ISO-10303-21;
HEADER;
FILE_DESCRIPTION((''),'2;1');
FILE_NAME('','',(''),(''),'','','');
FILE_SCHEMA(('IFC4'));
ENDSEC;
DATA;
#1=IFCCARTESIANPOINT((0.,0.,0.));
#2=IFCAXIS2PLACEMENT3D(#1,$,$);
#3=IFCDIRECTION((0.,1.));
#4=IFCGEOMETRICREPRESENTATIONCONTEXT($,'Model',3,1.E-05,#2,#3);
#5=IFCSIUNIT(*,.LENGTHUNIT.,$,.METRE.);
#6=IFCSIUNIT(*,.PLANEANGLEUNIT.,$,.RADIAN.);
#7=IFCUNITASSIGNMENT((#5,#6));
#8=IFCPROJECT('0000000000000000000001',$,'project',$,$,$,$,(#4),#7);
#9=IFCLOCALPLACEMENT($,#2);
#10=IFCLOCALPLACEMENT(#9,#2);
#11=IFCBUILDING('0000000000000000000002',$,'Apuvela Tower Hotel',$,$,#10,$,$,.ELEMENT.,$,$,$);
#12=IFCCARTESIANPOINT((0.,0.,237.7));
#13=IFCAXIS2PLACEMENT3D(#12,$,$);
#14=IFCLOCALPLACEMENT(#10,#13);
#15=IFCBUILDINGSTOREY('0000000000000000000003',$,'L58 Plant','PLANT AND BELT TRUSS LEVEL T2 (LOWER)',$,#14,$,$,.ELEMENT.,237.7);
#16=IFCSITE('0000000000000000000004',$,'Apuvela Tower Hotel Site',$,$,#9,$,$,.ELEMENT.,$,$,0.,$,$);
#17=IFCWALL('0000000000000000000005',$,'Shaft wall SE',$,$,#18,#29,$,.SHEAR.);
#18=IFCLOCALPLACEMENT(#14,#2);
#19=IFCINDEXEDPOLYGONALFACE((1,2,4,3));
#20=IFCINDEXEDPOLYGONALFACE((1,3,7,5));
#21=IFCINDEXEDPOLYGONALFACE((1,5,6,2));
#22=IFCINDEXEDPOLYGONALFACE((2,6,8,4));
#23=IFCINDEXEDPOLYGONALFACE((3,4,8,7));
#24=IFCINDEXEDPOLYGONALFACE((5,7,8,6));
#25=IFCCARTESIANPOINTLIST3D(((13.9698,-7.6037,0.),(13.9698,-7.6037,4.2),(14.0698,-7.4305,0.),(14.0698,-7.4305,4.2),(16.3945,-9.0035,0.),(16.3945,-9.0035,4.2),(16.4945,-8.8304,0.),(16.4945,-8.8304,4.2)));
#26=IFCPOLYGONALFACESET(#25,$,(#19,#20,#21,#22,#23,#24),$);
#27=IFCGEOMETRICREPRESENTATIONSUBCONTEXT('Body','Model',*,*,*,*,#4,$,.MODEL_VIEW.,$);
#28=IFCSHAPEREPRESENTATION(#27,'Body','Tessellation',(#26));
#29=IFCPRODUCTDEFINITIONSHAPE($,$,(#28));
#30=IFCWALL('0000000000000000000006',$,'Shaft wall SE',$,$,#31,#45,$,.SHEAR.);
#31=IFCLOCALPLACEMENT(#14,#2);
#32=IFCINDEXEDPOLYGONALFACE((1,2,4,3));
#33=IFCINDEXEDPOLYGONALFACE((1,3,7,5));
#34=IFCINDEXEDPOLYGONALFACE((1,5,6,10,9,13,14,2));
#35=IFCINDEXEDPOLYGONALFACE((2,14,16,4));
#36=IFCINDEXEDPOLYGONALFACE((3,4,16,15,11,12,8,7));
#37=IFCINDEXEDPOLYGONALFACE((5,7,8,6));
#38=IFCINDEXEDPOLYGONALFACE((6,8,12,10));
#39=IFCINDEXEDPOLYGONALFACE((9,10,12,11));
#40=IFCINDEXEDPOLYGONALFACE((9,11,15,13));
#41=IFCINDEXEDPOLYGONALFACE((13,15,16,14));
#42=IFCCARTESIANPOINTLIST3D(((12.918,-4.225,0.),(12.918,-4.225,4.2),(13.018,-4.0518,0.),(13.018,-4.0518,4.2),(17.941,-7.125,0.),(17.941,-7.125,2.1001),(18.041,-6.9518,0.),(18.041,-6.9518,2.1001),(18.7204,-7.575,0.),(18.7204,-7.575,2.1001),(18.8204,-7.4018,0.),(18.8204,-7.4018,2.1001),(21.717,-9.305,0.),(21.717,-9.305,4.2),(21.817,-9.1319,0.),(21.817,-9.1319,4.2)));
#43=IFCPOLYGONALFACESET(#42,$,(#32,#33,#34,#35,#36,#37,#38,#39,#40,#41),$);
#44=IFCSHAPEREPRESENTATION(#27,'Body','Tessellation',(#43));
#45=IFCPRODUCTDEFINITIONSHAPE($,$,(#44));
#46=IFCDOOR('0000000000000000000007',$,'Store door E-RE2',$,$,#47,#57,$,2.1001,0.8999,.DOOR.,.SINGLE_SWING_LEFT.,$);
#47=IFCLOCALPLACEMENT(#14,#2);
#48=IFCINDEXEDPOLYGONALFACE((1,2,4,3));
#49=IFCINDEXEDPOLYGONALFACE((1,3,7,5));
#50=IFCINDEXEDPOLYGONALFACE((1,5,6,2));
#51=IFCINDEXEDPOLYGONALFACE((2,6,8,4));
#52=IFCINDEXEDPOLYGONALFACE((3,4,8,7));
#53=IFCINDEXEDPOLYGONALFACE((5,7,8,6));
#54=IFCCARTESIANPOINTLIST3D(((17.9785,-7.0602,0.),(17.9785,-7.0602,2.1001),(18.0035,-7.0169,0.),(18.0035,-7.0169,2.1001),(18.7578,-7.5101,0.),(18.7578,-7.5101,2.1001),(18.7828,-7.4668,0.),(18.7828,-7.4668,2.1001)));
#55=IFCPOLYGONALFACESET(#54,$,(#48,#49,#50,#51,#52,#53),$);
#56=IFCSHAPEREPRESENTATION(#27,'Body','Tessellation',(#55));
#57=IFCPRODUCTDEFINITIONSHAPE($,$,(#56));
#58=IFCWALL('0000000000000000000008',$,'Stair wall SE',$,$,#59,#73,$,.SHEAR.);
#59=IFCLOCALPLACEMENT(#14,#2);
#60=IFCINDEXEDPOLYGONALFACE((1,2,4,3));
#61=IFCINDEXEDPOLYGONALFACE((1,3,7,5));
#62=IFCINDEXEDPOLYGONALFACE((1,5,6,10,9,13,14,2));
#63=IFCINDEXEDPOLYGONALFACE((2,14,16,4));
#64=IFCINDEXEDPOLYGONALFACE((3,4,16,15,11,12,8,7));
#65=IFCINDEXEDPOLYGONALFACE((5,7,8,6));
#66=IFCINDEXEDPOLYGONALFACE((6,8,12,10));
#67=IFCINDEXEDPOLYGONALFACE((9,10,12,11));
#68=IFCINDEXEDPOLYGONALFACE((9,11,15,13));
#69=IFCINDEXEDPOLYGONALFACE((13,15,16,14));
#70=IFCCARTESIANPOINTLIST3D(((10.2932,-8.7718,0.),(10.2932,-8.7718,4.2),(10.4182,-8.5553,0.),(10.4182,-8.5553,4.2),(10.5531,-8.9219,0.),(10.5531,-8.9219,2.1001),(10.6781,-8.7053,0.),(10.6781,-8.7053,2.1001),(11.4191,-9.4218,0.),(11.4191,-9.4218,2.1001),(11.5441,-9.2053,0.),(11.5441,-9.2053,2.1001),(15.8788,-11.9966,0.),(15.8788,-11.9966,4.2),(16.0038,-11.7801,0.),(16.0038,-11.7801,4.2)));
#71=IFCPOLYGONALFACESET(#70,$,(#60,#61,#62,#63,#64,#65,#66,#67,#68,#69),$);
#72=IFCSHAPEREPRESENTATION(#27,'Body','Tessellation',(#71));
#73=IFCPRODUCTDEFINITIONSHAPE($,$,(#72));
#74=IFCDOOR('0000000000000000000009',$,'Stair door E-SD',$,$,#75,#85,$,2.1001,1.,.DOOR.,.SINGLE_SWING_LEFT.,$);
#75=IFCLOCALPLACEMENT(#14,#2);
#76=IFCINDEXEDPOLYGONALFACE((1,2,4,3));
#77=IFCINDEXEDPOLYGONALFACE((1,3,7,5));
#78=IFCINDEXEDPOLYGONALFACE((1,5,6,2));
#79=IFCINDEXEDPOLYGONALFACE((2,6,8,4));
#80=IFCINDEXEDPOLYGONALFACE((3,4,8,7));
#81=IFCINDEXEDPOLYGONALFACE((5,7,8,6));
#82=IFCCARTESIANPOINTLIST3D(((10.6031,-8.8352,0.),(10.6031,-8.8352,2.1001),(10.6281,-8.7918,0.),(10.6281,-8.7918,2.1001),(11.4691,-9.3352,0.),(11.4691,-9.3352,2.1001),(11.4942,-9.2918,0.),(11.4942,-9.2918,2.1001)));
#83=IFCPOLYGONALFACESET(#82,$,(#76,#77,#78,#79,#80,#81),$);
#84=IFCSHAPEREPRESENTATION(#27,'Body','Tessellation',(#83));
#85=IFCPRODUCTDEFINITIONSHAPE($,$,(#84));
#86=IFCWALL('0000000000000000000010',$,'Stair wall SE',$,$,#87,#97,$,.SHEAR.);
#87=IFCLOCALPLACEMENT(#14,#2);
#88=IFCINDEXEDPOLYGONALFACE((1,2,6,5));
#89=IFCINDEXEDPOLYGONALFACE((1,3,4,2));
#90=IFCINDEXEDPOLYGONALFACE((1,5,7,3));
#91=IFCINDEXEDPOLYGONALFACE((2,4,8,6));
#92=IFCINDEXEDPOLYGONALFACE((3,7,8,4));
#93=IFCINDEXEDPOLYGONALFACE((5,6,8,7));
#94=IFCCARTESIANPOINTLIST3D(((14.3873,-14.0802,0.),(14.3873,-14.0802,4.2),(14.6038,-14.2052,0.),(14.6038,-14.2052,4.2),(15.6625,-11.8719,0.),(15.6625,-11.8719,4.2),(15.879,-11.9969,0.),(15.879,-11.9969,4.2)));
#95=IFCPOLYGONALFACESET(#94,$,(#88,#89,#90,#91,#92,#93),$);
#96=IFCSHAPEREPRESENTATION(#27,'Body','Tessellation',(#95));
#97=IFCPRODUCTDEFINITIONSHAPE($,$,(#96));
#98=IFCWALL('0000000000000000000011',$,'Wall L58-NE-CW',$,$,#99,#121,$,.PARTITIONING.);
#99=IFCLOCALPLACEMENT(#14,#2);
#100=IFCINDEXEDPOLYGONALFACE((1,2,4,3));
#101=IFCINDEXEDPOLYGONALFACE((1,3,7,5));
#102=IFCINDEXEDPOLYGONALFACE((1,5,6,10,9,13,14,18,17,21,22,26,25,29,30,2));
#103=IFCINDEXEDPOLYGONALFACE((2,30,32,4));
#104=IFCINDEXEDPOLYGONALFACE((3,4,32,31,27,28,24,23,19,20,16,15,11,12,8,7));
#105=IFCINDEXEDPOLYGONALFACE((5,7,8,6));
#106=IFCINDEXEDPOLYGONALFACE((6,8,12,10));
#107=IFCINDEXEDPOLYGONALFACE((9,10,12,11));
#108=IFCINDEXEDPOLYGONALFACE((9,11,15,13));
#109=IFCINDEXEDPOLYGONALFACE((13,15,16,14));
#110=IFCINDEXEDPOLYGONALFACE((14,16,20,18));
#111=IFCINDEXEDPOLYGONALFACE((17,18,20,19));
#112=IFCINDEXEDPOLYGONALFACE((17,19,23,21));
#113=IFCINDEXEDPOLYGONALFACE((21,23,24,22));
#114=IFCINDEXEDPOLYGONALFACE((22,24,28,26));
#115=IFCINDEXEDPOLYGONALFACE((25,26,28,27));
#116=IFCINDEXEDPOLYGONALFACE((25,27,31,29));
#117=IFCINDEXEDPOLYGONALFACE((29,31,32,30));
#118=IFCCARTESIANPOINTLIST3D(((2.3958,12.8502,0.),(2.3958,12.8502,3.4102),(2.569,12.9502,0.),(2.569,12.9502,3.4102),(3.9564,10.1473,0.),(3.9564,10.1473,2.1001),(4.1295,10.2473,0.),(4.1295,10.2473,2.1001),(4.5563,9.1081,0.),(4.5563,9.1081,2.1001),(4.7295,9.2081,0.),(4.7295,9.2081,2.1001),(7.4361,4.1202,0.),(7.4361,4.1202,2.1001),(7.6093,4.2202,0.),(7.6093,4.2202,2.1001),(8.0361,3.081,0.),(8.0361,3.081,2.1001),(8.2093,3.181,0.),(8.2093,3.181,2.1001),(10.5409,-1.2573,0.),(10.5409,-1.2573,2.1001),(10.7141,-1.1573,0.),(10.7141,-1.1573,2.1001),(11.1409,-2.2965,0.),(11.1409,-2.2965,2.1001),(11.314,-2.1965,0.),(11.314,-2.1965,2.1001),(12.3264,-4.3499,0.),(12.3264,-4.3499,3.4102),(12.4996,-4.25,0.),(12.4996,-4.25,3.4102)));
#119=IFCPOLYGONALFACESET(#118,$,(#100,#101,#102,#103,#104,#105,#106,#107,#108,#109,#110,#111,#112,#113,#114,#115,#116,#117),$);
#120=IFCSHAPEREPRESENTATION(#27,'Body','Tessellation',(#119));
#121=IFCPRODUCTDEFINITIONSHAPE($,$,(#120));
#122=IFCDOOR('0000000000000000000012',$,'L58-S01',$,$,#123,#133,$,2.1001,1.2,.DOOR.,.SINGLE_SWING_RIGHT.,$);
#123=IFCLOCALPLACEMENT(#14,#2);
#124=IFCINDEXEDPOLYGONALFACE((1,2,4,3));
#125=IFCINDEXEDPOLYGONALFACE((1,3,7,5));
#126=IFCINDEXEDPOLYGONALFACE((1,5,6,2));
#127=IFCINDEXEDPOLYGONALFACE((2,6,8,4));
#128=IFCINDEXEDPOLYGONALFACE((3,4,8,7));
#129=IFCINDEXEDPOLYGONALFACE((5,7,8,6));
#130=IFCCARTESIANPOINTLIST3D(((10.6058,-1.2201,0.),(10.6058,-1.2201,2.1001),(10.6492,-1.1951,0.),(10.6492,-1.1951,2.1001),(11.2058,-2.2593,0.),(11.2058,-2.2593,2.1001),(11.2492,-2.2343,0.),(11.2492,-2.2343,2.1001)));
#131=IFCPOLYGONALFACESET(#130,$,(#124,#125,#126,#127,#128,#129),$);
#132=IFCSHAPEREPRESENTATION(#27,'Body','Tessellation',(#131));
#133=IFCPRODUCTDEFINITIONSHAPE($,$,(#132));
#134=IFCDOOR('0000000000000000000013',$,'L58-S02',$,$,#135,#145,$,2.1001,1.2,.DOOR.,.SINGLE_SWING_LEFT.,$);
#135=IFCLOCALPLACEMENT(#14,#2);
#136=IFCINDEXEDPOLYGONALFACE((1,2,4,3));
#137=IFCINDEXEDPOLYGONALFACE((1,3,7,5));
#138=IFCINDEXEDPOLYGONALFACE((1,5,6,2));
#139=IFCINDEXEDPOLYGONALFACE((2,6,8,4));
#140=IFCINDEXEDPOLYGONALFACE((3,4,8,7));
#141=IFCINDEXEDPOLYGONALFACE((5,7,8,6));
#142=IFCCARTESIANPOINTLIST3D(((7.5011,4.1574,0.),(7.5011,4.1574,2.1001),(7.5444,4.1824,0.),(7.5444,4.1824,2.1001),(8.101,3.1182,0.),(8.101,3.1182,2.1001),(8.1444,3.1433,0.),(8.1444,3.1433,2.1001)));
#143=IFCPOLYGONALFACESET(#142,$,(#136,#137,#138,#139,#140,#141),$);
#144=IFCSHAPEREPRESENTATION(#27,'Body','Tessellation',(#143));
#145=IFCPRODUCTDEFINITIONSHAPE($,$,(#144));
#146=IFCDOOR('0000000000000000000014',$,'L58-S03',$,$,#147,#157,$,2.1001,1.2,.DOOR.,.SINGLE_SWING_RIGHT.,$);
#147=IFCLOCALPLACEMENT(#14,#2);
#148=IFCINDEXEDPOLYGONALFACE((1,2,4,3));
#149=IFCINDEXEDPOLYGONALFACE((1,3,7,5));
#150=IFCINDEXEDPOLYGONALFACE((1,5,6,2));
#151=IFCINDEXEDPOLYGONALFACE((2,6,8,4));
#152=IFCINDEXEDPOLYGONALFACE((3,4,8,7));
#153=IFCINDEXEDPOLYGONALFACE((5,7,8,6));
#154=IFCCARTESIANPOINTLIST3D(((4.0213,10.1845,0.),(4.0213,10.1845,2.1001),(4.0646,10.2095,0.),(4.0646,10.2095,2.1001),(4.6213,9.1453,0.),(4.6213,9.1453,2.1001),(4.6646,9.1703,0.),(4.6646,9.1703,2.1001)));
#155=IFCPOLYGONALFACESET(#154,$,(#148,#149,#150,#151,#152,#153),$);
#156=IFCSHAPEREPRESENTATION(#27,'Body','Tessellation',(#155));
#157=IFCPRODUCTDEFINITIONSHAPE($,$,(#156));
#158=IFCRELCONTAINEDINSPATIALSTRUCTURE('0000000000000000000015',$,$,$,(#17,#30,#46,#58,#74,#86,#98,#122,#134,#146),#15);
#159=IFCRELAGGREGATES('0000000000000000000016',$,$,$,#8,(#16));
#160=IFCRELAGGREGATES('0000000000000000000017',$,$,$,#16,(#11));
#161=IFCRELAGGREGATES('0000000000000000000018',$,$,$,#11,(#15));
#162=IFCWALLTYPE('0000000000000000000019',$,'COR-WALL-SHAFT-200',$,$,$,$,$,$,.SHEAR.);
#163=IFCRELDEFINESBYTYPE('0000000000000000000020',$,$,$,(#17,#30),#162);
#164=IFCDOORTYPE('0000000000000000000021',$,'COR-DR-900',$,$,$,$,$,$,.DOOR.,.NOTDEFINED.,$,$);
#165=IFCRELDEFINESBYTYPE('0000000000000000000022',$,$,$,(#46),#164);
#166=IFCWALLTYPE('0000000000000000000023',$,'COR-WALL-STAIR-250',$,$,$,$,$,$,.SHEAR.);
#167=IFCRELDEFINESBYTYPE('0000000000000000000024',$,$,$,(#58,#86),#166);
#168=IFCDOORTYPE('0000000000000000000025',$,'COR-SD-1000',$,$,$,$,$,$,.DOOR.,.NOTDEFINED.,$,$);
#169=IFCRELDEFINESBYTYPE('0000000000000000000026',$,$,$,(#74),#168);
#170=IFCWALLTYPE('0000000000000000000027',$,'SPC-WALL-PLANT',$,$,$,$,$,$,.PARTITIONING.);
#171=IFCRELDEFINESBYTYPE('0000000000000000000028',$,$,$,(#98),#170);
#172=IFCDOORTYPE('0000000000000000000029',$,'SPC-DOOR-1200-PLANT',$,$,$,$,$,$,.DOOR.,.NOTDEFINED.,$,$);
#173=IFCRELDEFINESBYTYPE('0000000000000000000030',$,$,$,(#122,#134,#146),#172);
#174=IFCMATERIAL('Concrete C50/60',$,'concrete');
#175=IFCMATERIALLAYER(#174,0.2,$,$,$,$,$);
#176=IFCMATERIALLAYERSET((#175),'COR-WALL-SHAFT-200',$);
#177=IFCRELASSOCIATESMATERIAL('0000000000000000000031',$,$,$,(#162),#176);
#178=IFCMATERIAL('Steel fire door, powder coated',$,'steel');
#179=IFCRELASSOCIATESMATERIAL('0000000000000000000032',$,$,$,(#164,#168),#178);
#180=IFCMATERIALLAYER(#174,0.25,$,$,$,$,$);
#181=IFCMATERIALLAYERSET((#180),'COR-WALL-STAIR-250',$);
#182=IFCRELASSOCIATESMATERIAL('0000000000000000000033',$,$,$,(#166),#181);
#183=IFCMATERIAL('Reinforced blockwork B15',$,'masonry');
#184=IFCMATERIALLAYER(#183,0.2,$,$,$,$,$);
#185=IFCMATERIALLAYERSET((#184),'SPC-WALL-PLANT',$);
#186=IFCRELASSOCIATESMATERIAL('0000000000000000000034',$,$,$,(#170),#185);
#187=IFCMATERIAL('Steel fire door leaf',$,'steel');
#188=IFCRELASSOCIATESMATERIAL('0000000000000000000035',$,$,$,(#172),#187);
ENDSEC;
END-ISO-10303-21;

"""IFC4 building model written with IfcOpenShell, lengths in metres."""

from ifc_helpers import new_model, si_unit, direction, frame, frame_2d, origin, place, context, subcontext, project, spatial, rectangle, extrude, material, layer, layer_set, type_object, element, fill, save


model = new_model("IFC4")

# Units and contexts
model_context = context("Model", 3, precision=1e-05, world=origin(), true_north=direction((0.0, 1.0)))
body_context = subcontext(model_context, "Body", "Model", "MODEL_VIEW")
ifc_project = project(units=[si_unit("LENGTHUNIT", "METRE"), si_unit("PLANEANGLEUNIT", "RADIAN")], contexts=[model_context])

# Site, building, storey
site_placement = place(None, origin())
site = spatial("IfcSite", under=ifc_project, at=site_placement, Name="Apuvela Tower Hotel Site", CompositionType="ELEMENT", RefElevation=0.0)
building_placement = place(site_placement, origin())
building = spatial("IfcBuilding", under=site, at=building_placement, Name="Apuvela Tower Hotel", CompositionType="ELEMENT")
storey_placement = place(building_placement, frame((0.0, 0.0, 237.7)))
storey = spatial("IfcBuildingStorey", under=building, at=storey_placement, Name="L58 Plant", Description="PLANT AND BELT TRUSS LEVEL T2 (LOWER)", CompositionType="ELEMENT", Elevation=237.7)

# Shared definitions
ifc_material_1 = material(Name="Concrete C50/60", Category="concrete")
ifc_material_2 = material(Name="Steel fire door, powder coated", Category="steel")

# Shared definitions
ifc_layer_1 = layer(ifc_material_1, 0.2)
ifc_layer_set_1 = layer_set([ifc_layer_1], Name="COR-WALL-SHAFT-200")
wall_type_1 = type_object("IfcWallType", Name="COR-WALL-SHAFT-200", PredefinedType="SHEAR", material=ifc_layer_set_1)

# Wall
wall_1_placement = place(storey_placement, frame((14.0198, -7.5171, 0.0), z_axis=(0.0, 0.0, 1.0), x_axis=(0.866035, -0.499984, 0.0)))
element("IfcWall", 1, at=wall_1_placement, inside=storey, type_object=wall_type_1, Name="Shaft wall SE", PredefinedType="SHEAR", context=body_context, shape_type="SweptSolid", body=[
    extrude(rectangle(XDim=2.7998, YDim=0.2, at=frame_2d((1.3999, 0.0))), origin(), (0.0, 0.0, 1.0), 4.2),
])

# Walls, openings, doors
wall_2_placement = place(storey_placement, frame((12.968, -4.1384, 0.0), z_axis=(0.0, 0.0, 1.0), x_axis=(0.866028, -0.499995, 0.0)))
wall_2 = element("IfcWall", 2, at=wall_2_placement, inside=storey, type_object=wall_type_1, Name="Shaft wall SE", PredefinedType="SHEAR", context=body_context, shape_type="SweptSolid", body=[
    extrude(rectangle(XDim=10.1602, YDim=0.2, at=frame_2d((5.0801, 0.0))), origin(), (0.0, 0.0, 1.0), 4.2),
])
opening_1_placement = place(wall_2_placement, frame((5.8, 0.0, 0.0)))
opening_1 = element("IfcOpeningElement", 3, at=opening_1_placement, cuts=wall_2, PredefinedType="OPENING", context=body_context, shape_type="SweptSolid", body=[
    extrude(rectangle(XDim=0.8999, YDim=2.1001, at=frame_2d((0.45, 1.05))), frame((0.0, 0.1099, 0.0), z_axis=(0.0, -1.0, 0.0), x_axis=(1.0, 0.0, 0.0)), (0.0, 0.0, 1.0), 0.22),
])
door_type_1 = type_object("IfcDoorType", Name="COR-DR-900", OperationType="NOTDEFINED", PredefinedType="DOOR", material=ifc_material_2)
door_1_placement = place(opening_1_placement, origin())
door_1 = element("IfcDoor", 4, at=door_1_placement, inside=storey, type_object=door_type_1, Name="Store door E-RE2", OperationType="SINGLE_SWING_LEFT", OverallHeight=2.1001, OverallWidth=0.8999, PredefinedType="DOOR", context=body_context, shape_type="SweptSolid", body=[
    extrude(rectangle(XDim=0.8999, YDim=2.1001, at=frame_2d((0.45, 1.05))), frame((0.0, 0.0249, 0.0), z_axis=(0.0, -1.0, 0.0), x_axis=(1.0, 0.0, 0.0)), (0.0, 0.0, 1.0), 0.05),
])
fill(opening_1, door_1)
ifc_layer_2 = layer(ifc_material_1, 0.25)
ifc_layer_set_2 = layer_set([ifc_layer_2], Name="COR-WALL-STAIR-250")
wall_type_2 = type_object("IfcWallType", Name="COR-WALL-STAIR-250", PredefinedType="SHEAR", material=ifc_layer_set_2)
wall_3_placement = place(storey_placement, frame((10.3557, -8.6636, 0.0), z_axis=(0.0, 0.0, 1.0), x_axis=(0.866029, -0.499994, 0.0)))
wall_3 = element("IfcWall", 5, at=wall_3_placement, inside=storey, type_object=wall_type_2, Name="Stair wall SE", PredefinedType="SHEAR", context=body_context, shape_type="SweptSolid", body=[
    extrude(rectangle(XDim=6.4497, YDim=0.25, at=frame_2d((3.2249, 0.0))), origin(), (0.0, 0.0, 1.0), 4.2),
])
opening_2_placement = place(wall_3_placement, frame((0.3, 0.0, 0.0)))
opening_2 = element("IfcOpeningElement", 6, at=opening_2_placement, cuts=wall_3, PredefinedType="OPENING", context=body_context, shape_type="SweptSolid", body=[
    extrude(rectangle(XDim=1.0, YDim=2.1001, at=frame_2d((0.5, 1.05))), frame((0.0, 0.135, 0.0), z_axis=(0.0, -1.0, 0.0), x_axis=(1.0, 0.0, 0.0)), (0.0, 0.0, 1.0), 0.27),
])
door_type_2 = type_object("IfcDoorType", Name="COR-SD-1000", OperationType="NOTDEFINED", PredefinedType="DOOR", material=ifc_material_2)
door_2_placement = place(opening_2_placement, frame((1.0, 0.0, 0.0), z_axis=(0.0, 0.0, 1.0), x_axis=(-1.0, 0.0, 0.0)))
door_2 = element("IfcDoor", 7, at=door_2_placement, inside=storey, type_object=door_type_2, Name="Stair door E-SD", OperationType="SINGLE_SWING_LEFT", OverallHeight=2.1001, OverallWidth=1.0, PredefinedType="DOOR", context=body_context, shape_type="SweptSolid", body=[
    extrude(rectangle(XDim=1.0, YDim=2.1001, at=frame_2d((0.5, 1.05))), frame((0.0, 0.0249, 0.0), z_axis=(0.0, -1.0, 0.0), x_axis=(1.0, 0.0, 0.0)), (0.0, 0.0, 1.0), 0.05),
])
fill(opening_2, door_2)

# Wall
wall_4_placement = place(storey_placement, frame((14.4956, -14.1426, 0.0), z_axis=(0.0, 0.0, 1.0), x_axis=(0.500062, 0.865989, 0.0)))
element("IfcWall", 8, at=wall_4_placement, inside=storey, type_object=wall_type_2, Name="Stair wall SE", PredefinedType="SHEAR", context=body_context, shape_type="SweptSolid", body=[
    extrude(rectangle(XDim=2.55, YDim=0.25, at=frame_2d((1.2749, 0.0))), origin(), (0.0, 0.0, 1.0), 4.2),
])

# Wall, openings, doors
ifc_material_3 = material(Name="Reinforced blockwork B15", Category="masonry")
ifc_layer_3 = layer(ifc_material_3, 0.2)
ifc_layer_set_3 = layer_set([ifc_layer_3], Name="SPC-WALL-PLANT")
wall_type_3 = type_object("IfcWallType", Name="SPC-WALL-PLANT", PredefinedType="PARTITIONING", material=ifc_layer_set_3)
wall_5_placement = place(storey_placement, frame((12.4131, -4.3, 0.0), z_axis=(0.0, 0.0, 1.0), x_axis=(-0.500005, 0.866023, 0.0)))
wall_5 = element("IfcWall", 9, at=wall_5_placement, inside=storey, type_object=wall_type_3, Name="Wall L58-NE-CW", PredefinedType="PARTITIONING", context=body_context, shape_type="SweptSolid", body=[
    extrude(rectangle(XDim=19.8611, YDim=0.2, at=frame_2d((9.9307, 0.0))), origin(), (0.0, 0.0, 1.0), 3.4102),
])
opening_3_placement = place(wall_5_placement, frame((2.3711, 0.0, 0.0)))
opening_3 = element("IfcOpeningElement", 10, at=opening_3_placement, cuts=wall_5, PredefinedType="OPENING", context=body_context, shape_type="SweptSolid", body=[
    extrude(rectangle(XDim=1.2, YDim=2.1001, at=frame_2d((0.6001, 1.05))), frame((0.0, 0.1099, 0.0), z_axis=(0.0, -1.0, 0.0), x_axis=(1.0, 0.0, 0.0)), (0.0, 0.0, 1.0), 0.22),
])
opening_4_placement = place(wall_5_placement, frame((8.5806, 0.0, 0.0)))
opening_4 = element("IfcOpeningElement", 11, at=opening_4_placement, cuts=wall_5, PredefinedType="OPENING", context=body_context, shape_type="SweptSolid", body=[
    extrude(rectangle(XDim=1.2, YDim=2.1001, at=frame_2d((0.6001, 1.05))), frame((0.0, 0.1099, 0.0), z_axis=(0.0, -1.0, 0.0), x_axis=(1.0, 0.0, 0.0)), (0.0, 0.0, 1.0), 0.22),
])
opening_5_placement = place(wall_5_placement, frame((15.54, 0.0, 0.0)))
opening_5 = element("IfcOpeningElement", 12, at=opening_5_placement, cuts=wall_5, PredefinedType="OPENING", context=body_context, shape_type="SweptSolid", body=[
    extrude(rectangle(XDim=1.2, YDim=2.1001, at=frame_2d((0.6001, 1.05))), frame((0.0, 0.1099, 0.0), z_axis=(0.0, -1.0, 0.0), x_axis=(1.0, 0.0, 0.0)), (0.0, 0.0, 1.0), 0.22),
])
ifc_material_4 = material(Name="Steel fire door leaf", Category="steel")
door_type_3 = type_object("IfcDoorType", Name="SPC-DOOR-1200-PLANT", OperationType="NOTDEFINED", PredefinedType="DOOR", material=ifc_material_4)
door_3_placement = place(opening_3_placement, frame((1.2, 0.0, 0.0), z_axis=(0.0, 0.0, 1.0), x_axis=(-1.0, 0.0, 0.0)))
door_3 = element("IfcDoor", 13, at=door_3_placement, inside=storey, type_object=door_type_3, Name="L58-S01", OperationType="SINGLE_SWING_RIGHT", OverallHeight=2.1001, OverallWidth=1.2, PredefinedType="DOOR", context=body_context, shape_type="SweptSolid", body=[
    extrude(rectangle(XDim=1.2, YDim=2.1001, at=frame_2d((0.6001, 1.05))), frame((0.0, 0.0249, 0.0), z_axis=(0.0, -1.0, 0.0), x_axis=(1.0, 0.0, 0.0)), (0.0, 0.0, 1.0), 0.05),
])
fill(opening_3, door_3)
door_4_placement = place(opening_4_placement, frame((1.2, 0.0, 0.0), z_axis=(0.0, 0.0, 1.0), x_axis=(-1.0, 0.0, 0.0)))
door_4 = element("IfcDoor", 14, at=door_4_placement, inside=storey, type_object=door_type_3, Name="L58-S02", OperationType="SINGLE_SWING_LEFT", OverallHeight=2.1001, OverallWidth=1.2, PredefinedType="DOOR", context=body_context, shape_type="SweptSolid", body=[
    extrude(rectangle(XDim=1.2, YDim=2.1001, at=frame_2d((0.6001, 1.05))), frame((0.0, 0.0249, 0.0), z_axis=(0.0, -1.0, 0.0), x_axis=(1.0, 0.0, 0.0)), (0.0, 0.0, 1.0), 0.05),
])
fill(opening_4, door_4)
door_5_placement = place(opening_5_placement, frame((1.2, 0.0, 0.0), z_axis=(0.0, 0.0, 1.0), x_axis=(-1.0, 0.0, 0.0)))
door_5 = element("IfcDoor", 15, at=door_5_placement, inside=storey, type_object=door_type_3, Name="L58-S03", OperationType="SINGLE_SWING_RIGHT", OverallHeight=2.1001, OverallWidth=1.2, PredefinedType="DOOR", context=body_context, shape_type="SweptSolid", body=[
    extrude(rectangle(XDim=1.2, YDim=2.1001, at=frame_2d((0.6001, 1.05))), frame((0.0, 0.0249, 0.0), z_axis=(0.0, -1.0, 0.0), x_axis=(1.0, 0.0, 0.0)), (0.0, 0.0, 1.0), 0.05),
])
fill(opening_5, door_5)

save(model, "model.ifc")
